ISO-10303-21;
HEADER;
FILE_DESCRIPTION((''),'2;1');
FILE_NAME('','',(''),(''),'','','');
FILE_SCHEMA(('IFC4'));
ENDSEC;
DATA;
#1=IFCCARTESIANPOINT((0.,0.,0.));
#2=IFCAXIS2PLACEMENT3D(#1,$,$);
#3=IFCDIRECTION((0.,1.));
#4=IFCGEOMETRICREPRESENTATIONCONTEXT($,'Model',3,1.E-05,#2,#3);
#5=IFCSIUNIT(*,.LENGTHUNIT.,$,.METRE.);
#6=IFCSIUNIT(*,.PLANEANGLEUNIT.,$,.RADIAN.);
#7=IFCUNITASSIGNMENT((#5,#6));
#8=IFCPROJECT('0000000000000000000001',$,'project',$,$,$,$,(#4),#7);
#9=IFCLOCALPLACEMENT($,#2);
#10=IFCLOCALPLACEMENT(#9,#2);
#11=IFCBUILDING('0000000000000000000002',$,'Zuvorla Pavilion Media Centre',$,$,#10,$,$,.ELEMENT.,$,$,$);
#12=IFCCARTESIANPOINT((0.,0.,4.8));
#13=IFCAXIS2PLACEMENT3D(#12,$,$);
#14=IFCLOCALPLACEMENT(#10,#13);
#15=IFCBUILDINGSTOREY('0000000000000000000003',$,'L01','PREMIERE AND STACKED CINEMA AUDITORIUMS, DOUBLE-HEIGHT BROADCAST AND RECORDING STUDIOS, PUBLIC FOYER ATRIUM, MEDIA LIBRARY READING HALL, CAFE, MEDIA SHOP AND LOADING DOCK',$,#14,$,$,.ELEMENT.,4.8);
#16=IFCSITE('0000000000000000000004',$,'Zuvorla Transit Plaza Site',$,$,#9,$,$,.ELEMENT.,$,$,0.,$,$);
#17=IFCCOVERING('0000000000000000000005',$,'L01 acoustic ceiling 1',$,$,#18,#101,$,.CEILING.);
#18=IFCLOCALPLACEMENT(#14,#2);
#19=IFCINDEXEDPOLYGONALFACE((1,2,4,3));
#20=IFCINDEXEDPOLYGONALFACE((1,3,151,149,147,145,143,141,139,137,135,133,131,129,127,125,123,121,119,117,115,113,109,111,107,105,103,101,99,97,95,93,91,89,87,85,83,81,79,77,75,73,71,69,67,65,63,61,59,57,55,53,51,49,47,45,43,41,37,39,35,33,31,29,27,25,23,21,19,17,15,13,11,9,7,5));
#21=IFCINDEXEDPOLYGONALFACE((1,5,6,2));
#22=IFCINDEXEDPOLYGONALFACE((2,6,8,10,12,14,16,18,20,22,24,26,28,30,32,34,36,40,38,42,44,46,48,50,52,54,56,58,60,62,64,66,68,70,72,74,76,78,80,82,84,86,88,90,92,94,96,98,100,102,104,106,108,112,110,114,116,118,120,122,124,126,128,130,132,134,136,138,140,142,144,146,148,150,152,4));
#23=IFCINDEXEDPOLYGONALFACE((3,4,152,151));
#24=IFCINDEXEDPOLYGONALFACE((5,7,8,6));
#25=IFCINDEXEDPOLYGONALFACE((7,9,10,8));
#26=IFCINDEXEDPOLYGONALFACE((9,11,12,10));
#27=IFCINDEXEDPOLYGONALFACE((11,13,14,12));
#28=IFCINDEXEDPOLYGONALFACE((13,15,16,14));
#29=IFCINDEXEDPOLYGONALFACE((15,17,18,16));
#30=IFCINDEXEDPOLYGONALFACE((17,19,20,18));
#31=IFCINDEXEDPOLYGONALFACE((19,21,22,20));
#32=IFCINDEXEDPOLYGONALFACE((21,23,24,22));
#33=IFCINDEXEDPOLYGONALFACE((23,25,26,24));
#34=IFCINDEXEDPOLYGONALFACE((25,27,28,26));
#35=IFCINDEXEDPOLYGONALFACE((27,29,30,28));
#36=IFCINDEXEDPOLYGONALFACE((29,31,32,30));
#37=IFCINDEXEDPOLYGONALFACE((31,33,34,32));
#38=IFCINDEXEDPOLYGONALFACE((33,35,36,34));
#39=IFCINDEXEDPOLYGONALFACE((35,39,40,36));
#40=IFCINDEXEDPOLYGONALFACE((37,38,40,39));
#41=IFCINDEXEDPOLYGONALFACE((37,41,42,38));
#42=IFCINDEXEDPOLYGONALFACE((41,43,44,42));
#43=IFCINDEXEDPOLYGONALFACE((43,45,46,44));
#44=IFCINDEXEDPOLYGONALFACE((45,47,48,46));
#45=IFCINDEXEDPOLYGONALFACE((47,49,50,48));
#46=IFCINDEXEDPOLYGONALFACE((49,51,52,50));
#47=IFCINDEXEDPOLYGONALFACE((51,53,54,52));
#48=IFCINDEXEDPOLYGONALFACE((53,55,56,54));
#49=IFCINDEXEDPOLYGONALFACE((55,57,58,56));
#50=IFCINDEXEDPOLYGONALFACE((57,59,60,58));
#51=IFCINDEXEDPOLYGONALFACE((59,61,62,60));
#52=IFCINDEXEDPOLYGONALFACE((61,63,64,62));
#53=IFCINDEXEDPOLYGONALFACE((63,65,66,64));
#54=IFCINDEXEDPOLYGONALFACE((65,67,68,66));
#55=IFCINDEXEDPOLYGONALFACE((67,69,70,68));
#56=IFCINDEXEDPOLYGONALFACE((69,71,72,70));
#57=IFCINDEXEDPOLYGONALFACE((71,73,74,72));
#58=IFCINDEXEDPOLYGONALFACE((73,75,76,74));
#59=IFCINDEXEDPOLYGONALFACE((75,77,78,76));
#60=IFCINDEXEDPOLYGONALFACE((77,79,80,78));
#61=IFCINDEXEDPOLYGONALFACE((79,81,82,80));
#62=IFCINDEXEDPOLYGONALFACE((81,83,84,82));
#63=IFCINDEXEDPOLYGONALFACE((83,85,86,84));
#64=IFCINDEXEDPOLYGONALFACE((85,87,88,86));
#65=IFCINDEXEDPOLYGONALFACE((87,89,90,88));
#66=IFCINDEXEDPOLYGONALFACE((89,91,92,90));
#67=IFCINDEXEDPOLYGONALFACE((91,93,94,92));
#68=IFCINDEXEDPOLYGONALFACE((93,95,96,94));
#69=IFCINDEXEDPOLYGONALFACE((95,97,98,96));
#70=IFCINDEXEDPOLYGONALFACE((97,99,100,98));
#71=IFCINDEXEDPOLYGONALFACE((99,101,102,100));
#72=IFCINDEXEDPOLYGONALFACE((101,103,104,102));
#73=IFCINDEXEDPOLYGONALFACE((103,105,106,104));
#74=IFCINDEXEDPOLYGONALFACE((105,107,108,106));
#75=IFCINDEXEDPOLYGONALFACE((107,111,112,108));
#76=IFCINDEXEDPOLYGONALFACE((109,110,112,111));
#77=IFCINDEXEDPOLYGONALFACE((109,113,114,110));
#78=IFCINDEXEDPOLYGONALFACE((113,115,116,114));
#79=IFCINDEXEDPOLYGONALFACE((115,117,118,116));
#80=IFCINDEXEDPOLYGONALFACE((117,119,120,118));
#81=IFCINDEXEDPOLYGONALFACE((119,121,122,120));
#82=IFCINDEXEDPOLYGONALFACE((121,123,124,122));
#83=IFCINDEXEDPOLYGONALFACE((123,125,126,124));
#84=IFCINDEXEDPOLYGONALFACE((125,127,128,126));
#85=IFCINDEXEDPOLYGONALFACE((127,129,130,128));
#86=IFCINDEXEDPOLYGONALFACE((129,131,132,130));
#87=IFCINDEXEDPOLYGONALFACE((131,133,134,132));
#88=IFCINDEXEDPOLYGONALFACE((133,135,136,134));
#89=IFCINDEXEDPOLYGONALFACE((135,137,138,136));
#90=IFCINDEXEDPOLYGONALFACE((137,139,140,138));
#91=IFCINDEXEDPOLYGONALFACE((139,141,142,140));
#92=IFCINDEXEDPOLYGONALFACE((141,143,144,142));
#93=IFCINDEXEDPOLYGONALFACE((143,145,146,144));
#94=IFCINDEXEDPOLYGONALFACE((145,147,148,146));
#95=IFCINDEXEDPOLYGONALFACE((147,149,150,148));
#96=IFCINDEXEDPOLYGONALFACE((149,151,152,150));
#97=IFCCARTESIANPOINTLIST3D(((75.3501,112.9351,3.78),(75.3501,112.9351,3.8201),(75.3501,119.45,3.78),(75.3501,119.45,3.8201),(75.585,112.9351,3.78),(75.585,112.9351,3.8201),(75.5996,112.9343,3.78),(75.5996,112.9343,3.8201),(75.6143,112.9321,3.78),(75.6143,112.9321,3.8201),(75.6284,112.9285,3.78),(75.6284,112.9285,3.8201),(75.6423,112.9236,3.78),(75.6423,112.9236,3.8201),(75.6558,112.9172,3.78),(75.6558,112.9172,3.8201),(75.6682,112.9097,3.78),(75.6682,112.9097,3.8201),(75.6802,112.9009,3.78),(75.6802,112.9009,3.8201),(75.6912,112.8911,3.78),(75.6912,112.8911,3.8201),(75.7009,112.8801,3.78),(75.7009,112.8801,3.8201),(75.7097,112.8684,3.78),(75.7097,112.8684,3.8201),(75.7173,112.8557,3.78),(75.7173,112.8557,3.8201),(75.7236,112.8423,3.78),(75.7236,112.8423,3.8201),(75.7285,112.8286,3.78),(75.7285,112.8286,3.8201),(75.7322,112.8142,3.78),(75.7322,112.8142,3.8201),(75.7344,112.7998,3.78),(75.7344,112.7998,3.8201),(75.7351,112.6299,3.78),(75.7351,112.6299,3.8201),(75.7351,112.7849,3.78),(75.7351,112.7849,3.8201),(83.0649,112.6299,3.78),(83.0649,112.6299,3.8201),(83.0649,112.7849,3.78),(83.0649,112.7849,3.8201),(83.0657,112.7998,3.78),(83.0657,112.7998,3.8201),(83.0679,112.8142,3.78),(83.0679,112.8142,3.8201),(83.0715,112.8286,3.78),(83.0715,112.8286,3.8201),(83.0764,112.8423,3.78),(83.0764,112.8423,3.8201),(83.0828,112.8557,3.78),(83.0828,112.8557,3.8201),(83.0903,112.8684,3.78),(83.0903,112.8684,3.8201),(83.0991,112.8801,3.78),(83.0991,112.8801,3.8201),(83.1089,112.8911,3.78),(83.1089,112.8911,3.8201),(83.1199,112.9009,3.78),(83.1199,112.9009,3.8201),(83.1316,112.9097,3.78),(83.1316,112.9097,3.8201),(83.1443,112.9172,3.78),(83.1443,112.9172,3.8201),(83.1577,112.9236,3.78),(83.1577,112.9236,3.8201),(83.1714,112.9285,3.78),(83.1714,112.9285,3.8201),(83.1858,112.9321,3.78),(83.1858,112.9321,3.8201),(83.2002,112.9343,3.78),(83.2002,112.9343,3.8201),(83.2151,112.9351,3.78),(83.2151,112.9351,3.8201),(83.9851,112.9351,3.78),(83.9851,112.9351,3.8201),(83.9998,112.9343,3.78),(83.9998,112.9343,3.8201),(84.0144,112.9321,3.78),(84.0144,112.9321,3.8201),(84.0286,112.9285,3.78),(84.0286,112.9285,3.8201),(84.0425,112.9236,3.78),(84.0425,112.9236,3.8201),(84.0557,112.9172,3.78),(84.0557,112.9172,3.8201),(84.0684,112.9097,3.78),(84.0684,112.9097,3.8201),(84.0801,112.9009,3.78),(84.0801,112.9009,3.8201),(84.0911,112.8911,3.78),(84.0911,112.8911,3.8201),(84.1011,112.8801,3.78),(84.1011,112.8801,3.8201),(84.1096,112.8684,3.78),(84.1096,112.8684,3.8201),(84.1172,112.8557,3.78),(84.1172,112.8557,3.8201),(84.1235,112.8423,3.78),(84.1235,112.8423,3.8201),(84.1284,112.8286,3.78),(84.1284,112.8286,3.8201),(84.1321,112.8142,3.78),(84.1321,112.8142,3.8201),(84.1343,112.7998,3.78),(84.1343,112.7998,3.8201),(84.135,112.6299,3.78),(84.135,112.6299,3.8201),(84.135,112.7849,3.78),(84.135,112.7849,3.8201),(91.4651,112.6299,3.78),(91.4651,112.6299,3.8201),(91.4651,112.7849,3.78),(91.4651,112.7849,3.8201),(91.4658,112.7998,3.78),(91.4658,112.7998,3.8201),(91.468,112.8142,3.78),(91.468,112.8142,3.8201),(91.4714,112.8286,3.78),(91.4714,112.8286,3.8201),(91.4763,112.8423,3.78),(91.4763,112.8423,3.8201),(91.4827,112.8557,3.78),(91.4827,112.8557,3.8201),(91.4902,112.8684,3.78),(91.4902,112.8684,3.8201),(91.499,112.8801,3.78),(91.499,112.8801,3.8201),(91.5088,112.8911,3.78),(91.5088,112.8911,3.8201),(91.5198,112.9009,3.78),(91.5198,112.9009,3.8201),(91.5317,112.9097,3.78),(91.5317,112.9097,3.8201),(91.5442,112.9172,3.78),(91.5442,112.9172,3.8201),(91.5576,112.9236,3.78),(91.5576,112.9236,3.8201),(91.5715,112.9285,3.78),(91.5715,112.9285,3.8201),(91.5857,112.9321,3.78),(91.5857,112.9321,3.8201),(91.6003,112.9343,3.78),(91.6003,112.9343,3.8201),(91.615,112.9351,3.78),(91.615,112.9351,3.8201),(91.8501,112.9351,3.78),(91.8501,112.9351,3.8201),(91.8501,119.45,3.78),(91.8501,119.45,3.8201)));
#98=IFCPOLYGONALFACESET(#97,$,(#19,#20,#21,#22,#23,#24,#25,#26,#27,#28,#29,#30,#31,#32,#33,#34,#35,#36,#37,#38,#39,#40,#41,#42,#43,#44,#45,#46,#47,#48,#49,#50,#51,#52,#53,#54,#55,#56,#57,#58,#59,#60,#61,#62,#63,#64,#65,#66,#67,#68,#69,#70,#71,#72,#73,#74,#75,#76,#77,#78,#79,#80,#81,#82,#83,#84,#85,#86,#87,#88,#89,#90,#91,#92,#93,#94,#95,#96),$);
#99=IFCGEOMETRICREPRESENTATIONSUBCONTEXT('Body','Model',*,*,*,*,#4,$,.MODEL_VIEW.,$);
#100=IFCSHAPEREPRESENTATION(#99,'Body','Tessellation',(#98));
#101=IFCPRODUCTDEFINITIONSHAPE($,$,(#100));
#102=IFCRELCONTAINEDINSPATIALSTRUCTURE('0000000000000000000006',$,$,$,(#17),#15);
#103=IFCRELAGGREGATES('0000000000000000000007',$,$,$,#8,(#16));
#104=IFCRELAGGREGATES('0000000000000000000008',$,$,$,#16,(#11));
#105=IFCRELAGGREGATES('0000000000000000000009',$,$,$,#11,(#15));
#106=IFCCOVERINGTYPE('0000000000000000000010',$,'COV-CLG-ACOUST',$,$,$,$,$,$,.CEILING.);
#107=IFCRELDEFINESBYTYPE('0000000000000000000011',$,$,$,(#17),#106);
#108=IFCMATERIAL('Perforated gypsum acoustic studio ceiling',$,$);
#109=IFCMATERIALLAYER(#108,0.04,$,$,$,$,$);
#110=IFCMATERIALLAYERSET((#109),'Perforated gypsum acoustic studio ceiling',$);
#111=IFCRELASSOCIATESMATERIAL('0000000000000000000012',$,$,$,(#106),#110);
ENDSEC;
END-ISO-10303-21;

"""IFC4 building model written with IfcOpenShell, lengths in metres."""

from ifc_helpers import new_model, si_unit, direction, frame, origin, place, context, subcontext, project, spatial, polyline, outline, extrude, material, layer, layer_set, type_object, element, save


model = new_model("IFC4")

# Units and contexts
model_context = context("Model", 3, precision=1e-05, world=origin(), true_north=direction((0.0, 1.0)))
body_context = subcontext(model_context, "Body", "Model", "MODEL_VIEW")
ifc_project = project(units=[si_unit("LENGTHUNIT", "METRE"), si_unit("PLANEANGLEUNIT", "RADIAN")], contexts=[model_context])

# Site, building, storey
site_placement = place(None, origin())
site = spatial("IfcSite", under=ifc_project, at=site_placement, Name="Zuvorla Transit Plaza Site", CompositionType="ELEMENT", RefElevation=0.0)
building_placement = place(site_placement, origin())
building = spatial("IfcBuilding", under=site, at=building_placement, Name="Zuvorla Pavilion Media Centre", CompositionType="ELEMENT")
storey_placement = place(building_placement, frame((0.0, 0.0, 4.8)))
storey = spatial("IfcBuildingStorey", under=building, at=storey_placement, Name="L01", Description="PREMIERE AND STACKED CINEMA AUDITORIUMS, DOUBLE-HEIGHT BROADCAST AND RECORDING STUDIOS, PUBLIC FOYER ATRIUM, MEDIA LIBRARY READING HALL, CAFE, MEDIA SHOP AND LOADING DOCK", CompositionType="ELEMENT", Elevation=4.8)

# Covering
ifc_material_1 = material(Name="Perforated gypsum acoustic studio ceiling")
ifc_layer_1 = layer(ifc_material_1, 0.04)
ifc_layer_set_1 = layer_set([ifc_layer_1], Name="Perforated gypsum acoustic studio ceiling")
covering_type_1 = type_object("IfcCoveringType", Name="COV-CLG-ACOUST", PredefinedType="CEILING", material=ifc_layer_set_1)
covering_1_placement = place(storey_placement, frame((0.0, 0.0, 3.78)))
element("IfcCovering", 1, at=covering_1_placement, inside=storey, type_object=covering_type_1, Name="L01 acoustic ceiling 1", PredefinedType="CEILING", context=body_context, shape_type="SweptSolid", body=[
    extrude(outline(polyline([(91.8501, 112.9351), (91.615, 112.9351), (91.6003, 112.9343), (91.5857, 112.9321), (91.5715, 112.9285), (91.5576, 112.9236), (91.5442, 112.9172), (91.5317, 112.9097), (91.5198, 112.9009), (91.5088, 112.8911), (91.499, 112.8801), (91.4902, 112.8684), (91.4827, 112.8557), (91.4763, 112.8423), (91.4714, 112.8286), (91.468, 112.8142), (91.4658, 112.7998), (91.4651, 112.7849), (91.4651, 112.6299), (84.135, 112.6299), (84.135, 112.7849), (84.1343, 112.7998), (84.1321, 112.8142), (84.1284, 112.8286), (84.1235, 112.8423), (84.1172, 112.8557), (84.1096, 112.8684), (84.1011, 112.8801), (84.0911, 112.8911), (84.0801, 112.9009), (84.0684, 112.9097), (84.0557, 112.9172), (84.0425, 112.9236), (84.0286, 112.9285), (84.0144, 112.9321), (83.9998, 112.9343), (83.9851, 112.9351), (83.2151, 112.9351), (83.2002, 112.9343), (83.1858, 112.9321), (83.1714, 112.9285), (83.1577, 112.9236), (83.1443, 112.9172), (83.1316, 112.9097), (83.1199, 112.9009), (83.1089, 112.8911), (83.0991, 112.8801), (83.0903, 112.8684), (83.0828, 112.8557), (83.0764, 112.8423), (83.0715, 112.8286), (83.0679, 112.8142), (83.0657, 112.7998), (83.0649, 112.7849), (83.0649, 112.6299), (75.7351, 112.6299), (75.7351, 112.7849), (75.7344, 112.7998), (75.7322, 112.8142), (75.7285, 112.8286), (75.7236, 112.8423), (75.7173, 112.8557), (75.7097, 112.8684), (75.7009, 112.8801), (75.6912, 112.8911), (75.6802, 112.9009), (75.6682, 112.9097), (75.6558, 112.9172), (75.6423, 112.9236), (75.6284, 112.9285), (75.6143, 112.9321), (75.5996, 112.9343), (75.585, 112.9351), (75.3501, 112.9351), (75.3501, 119.45), (91.8501, 119.45), (91.8501, 112.9351)])), origin(), (0.0, 0.0, 1.0), 0.04),
])

save(model, "model.ifc")
